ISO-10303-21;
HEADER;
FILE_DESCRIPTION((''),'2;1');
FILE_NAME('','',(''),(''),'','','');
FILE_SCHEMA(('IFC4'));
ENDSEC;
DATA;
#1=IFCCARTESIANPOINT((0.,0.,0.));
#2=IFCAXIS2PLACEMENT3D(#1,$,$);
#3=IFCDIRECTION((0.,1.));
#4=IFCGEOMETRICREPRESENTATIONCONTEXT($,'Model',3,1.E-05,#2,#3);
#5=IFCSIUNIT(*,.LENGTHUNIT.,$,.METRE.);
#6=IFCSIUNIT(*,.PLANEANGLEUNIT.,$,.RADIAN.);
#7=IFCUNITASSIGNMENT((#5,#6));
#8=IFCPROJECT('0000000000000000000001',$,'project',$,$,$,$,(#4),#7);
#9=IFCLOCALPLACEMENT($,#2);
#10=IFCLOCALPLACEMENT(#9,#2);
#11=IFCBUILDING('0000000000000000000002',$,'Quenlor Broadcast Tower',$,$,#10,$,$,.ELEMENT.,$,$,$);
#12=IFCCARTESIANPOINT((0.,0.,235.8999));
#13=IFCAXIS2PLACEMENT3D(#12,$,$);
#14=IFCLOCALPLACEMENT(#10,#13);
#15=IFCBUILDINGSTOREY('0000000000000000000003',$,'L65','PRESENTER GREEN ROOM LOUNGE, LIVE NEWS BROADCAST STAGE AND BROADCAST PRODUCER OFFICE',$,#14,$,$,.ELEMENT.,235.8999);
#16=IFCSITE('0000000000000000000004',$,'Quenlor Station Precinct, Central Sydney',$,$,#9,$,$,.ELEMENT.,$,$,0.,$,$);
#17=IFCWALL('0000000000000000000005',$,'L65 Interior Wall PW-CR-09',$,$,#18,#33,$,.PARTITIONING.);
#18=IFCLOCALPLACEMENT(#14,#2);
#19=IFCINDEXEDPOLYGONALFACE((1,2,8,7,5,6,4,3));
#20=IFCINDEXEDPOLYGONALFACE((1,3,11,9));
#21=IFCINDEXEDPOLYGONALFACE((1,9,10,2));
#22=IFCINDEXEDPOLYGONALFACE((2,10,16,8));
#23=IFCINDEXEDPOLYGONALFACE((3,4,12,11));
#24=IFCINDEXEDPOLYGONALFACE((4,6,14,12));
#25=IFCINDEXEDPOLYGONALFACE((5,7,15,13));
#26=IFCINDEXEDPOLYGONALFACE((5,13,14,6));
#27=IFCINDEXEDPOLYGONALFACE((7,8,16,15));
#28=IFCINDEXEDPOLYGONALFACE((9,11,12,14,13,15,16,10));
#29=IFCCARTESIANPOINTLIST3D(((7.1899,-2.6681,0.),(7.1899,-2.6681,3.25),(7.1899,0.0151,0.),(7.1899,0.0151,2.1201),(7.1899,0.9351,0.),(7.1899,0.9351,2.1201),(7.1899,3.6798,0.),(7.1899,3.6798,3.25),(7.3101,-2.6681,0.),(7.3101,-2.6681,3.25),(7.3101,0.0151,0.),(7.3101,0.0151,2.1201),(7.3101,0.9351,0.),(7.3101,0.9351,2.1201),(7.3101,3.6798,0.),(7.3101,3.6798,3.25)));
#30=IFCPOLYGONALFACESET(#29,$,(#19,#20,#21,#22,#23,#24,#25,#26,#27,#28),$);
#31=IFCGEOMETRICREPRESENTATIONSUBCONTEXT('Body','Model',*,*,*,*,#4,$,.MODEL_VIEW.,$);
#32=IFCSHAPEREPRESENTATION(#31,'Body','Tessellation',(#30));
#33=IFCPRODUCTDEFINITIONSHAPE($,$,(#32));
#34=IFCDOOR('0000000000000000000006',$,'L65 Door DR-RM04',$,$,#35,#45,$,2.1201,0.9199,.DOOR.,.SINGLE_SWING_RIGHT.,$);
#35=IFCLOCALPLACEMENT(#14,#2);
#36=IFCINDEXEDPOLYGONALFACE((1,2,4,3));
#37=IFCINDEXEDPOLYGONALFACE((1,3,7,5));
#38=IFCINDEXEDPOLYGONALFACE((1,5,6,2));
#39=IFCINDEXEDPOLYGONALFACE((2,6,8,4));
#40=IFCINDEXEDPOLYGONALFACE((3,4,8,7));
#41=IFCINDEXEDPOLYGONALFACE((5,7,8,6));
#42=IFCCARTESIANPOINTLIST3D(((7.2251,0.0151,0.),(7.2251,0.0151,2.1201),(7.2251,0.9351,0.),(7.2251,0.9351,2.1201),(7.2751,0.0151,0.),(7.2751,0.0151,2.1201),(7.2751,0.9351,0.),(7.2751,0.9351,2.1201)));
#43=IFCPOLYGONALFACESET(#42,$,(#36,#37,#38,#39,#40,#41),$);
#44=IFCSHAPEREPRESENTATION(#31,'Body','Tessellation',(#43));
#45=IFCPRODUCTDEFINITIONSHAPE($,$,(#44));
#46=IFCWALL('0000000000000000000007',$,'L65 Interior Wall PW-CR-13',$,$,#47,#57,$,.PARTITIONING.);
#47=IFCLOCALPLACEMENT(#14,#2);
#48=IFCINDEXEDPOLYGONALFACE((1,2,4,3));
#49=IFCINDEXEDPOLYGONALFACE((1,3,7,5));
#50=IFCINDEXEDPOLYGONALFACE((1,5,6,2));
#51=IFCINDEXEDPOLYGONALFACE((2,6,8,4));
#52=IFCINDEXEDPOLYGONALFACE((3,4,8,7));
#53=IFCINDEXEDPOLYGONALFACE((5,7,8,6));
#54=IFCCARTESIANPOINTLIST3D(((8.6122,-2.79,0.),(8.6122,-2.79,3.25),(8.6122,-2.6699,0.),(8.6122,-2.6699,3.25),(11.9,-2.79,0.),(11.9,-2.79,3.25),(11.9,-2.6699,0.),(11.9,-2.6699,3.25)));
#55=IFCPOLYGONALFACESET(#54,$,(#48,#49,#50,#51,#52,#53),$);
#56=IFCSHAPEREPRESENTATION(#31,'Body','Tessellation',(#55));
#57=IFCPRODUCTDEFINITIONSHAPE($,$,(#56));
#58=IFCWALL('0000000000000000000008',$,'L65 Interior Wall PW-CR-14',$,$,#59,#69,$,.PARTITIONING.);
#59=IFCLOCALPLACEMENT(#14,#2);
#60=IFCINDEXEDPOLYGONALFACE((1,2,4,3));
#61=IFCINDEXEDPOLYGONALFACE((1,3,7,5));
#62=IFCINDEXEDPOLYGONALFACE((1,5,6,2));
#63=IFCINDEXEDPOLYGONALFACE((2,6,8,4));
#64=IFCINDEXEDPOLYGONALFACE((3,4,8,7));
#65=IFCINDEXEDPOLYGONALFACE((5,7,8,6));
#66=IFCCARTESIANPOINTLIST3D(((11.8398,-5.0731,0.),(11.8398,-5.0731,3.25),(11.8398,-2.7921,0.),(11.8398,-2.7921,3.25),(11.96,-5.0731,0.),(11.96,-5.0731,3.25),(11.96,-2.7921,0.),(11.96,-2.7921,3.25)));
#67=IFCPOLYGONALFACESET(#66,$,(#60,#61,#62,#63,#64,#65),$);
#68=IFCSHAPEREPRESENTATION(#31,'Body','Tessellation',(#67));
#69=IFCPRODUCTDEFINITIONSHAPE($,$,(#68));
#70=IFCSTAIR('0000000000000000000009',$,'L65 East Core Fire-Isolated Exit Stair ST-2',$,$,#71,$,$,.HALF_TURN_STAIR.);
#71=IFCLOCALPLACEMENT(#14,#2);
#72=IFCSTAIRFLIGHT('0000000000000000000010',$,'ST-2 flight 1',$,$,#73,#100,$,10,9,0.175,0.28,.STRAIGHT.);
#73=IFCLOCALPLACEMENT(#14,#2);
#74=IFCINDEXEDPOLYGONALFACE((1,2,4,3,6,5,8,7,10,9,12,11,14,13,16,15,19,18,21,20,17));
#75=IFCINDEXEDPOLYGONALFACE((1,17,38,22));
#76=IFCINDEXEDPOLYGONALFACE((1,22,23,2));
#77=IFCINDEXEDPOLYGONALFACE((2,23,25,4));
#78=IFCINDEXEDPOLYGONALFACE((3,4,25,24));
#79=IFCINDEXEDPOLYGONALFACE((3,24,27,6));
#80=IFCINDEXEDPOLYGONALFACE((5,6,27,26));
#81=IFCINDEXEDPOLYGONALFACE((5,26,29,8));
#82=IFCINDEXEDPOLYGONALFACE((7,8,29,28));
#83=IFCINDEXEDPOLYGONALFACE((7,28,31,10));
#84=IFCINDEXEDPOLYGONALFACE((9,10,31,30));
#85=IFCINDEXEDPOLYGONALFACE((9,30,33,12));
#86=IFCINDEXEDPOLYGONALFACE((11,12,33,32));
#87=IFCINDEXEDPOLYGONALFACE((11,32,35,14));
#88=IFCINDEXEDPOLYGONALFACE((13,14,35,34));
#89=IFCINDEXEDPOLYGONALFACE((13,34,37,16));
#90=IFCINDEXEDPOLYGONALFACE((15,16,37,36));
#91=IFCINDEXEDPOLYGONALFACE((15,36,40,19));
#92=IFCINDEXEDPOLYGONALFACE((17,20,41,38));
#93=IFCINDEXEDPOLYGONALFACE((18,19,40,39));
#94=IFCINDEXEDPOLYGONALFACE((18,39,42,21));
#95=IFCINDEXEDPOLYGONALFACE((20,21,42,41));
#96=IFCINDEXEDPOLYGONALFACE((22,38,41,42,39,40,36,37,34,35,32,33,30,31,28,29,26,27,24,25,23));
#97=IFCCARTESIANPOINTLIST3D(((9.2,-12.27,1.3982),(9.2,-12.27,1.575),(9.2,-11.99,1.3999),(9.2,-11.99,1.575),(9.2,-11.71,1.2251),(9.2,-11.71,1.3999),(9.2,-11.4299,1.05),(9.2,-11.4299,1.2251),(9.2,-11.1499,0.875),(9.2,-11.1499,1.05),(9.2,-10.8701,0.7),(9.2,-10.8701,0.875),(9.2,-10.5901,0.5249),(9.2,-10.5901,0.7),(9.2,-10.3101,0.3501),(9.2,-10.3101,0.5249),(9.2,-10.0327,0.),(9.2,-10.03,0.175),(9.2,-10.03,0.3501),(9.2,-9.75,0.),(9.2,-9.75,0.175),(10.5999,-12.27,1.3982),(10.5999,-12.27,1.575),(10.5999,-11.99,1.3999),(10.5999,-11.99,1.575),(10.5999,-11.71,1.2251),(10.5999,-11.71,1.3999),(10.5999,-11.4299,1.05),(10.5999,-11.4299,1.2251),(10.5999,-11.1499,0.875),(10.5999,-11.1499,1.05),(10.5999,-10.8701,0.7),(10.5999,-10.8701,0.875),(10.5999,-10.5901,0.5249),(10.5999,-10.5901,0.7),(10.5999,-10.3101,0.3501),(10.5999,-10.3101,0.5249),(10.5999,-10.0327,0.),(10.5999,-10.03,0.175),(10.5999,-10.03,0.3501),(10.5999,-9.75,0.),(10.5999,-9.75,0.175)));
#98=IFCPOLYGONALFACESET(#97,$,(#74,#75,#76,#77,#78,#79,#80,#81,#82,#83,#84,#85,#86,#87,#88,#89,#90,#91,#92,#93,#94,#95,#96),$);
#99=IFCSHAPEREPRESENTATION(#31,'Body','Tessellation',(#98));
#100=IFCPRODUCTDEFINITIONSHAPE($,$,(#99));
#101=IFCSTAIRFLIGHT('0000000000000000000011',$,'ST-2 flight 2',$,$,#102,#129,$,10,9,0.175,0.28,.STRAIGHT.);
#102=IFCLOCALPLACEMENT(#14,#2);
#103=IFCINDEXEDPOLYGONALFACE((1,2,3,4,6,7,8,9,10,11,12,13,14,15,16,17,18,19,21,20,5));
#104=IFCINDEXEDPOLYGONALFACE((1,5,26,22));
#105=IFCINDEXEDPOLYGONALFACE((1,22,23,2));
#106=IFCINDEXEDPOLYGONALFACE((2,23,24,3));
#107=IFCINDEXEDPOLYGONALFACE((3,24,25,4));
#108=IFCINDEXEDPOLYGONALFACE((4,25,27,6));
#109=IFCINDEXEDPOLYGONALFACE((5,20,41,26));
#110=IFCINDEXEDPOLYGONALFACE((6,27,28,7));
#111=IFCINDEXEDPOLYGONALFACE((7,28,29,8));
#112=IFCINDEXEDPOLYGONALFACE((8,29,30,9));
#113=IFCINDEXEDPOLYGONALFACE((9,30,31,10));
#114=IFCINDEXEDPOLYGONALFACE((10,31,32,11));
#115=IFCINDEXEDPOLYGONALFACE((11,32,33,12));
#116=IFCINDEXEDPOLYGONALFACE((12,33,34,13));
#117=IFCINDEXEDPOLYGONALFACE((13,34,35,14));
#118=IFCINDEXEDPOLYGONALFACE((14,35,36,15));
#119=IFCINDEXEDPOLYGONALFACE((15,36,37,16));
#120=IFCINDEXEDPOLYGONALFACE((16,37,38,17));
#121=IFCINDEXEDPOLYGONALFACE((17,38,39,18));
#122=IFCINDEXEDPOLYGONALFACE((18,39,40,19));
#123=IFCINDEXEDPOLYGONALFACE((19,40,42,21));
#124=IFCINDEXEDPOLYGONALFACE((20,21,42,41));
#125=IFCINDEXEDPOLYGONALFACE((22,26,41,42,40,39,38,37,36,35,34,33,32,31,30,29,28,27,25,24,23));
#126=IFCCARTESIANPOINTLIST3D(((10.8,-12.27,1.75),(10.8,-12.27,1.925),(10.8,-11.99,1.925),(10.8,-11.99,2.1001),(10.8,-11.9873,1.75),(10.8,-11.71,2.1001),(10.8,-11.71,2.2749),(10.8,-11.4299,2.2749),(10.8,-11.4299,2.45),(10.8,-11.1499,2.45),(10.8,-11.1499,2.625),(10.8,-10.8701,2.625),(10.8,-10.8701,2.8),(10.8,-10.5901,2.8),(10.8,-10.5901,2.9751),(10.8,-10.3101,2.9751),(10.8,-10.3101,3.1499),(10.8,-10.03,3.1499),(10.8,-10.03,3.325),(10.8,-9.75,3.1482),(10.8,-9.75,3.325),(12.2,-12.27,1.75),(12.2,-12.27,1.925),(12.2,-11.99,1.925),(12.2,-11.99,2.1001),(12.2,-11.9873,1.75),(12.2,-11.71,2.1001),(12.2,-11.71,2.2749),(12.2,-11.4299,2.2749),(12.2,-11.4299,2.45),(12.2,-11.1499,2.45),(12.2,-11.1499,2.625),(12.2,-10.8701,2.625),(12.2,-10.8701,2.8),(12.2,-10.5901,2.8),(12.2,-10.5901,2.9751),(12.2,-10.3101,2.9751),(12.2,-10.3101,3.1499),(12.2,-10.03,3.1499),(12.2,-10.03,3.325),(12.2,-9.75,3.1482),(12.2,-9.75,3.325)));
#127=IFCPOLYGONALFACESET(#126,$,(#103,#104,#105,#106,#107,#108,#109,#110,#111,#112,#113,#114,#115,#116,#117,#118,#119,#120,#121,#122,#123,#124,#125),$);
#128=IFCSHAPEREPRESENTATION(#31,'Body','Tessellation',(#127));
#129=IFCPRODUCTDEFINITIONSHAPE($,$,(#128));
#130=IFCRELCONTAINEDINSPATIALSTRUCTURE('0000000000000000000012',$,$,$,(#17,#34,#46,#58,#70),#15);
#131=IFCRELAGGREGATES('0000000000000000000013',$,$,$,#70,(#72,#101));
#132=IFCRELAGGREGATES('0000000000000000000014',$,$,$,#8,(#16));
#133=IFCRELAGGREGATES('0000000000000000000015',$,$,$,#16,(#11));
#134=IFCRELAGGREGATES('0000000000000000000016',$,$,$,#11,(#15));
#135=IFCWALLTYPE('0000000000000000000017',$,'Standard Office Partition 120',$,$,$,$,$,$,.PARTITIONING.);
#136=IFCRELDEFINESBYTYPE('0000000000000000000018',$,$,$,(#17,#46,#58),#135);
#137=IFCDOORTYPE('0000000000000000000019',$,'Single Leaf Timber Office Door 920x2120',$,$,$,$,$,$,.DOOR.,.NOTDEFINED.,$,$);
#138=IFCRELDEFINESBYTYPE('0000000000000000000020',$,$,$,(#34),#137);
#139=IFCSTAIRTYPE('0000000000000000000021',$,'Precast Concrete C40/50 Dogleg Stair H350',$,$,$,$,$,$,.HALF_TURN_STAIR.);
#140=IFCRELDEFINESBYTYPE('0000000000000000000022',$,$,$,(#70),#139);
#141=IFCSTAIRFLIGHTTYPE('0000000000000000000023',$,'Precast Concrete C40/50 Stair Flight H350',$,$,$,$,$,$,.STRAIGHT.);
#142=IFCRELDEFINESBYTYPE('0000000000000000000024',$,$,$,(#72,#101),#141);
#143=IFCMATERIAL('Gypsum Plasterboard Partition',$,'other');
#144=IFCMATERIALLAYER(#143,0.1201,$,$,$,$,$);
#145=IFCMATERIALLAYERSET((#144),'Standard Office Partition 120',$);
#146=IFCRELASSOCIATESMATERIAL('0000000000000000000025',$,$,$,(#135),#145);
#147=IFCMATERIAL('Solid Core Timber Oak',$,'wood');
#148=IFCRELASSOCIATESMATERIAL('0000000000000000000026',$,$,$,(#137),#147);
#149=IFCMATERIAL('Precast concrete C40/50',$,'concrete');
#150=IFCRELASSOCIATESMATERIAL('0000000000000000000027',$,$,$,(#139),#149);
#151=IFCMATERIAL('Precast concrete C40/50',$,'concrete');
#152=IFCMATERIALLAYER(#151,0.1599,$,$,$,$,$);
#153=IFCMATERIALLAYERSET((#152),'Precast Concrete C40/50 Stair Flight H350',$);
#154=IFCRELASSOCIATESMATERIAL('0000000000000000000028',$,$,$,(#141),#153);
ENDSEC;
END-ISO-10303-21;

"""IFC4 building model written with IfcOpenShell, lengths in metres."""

from ifc_helpers import new_model, si_unit, direction, frame, frame_2d, origin, place, context, subcontext, project, spatial, polyline, rectangle, outline, extrude, material, layer, layer_set, type_object, element, fill, aggregate, save


model = new_model("IFC4")

# Units and contexts
model_context = context("Model", 3, precision=1e-05, world=origin(), true_north=direction((0.0, 1.0)))
body_context = subcontext(model_context, "Body", "Model", "MODEL_VIEW")
ifc_project = project(units=[si_unit("LENGTHUNIT", "METRE"), si_unit("PLANEANGLEUNIT", "RADIAN")], contexts=[model_context])

# Site, building, storey
site_placement = place(None, origin())
site = spatial("IfcSite", under=ifc_project, at=site_placement, Name="Quenlor Station Precinct, Central Sydney", CompositionType="ELEMENT", RefElevation=0.0)
building_placement = place(site_placement, origin())
building = spatial("IfcBuilding", under=site, at=building_placement, Name="Quenlor Broadcast Tower", CompositionType="ELEMENT")
storey_placement = place(building_placement, frame((0.0, 0.0, 235.8999)))
storey = spatial("IfcBuildingStorey", under=building, at=storey_placement, Name="L65", Description="PRESENTER GREEN ROOM LOUNGE, LIVE NEWS BROADCAST STAGE AND BROADCAST PRODUCER OFFICE", CompositionType="ELEMENT", Elevation=235.8999)

# Wall, opening, door
ifc_material_1 = material(Name="Gypsum Plasterboard Partition", Category="other")
ifc_layer_1 = layer(ifc_material_1, 0.1201)
ifc_layer_set_1 = layer_set([ifc_layer_1], Name="Standard Office Partition 120")
wall_type_1 = type_object("IfcWallType", Name="Standard Office Partition 120", PredefinedType="PARTITIONING", material=ifc_layer_set_1)
wall_1_placement = place(storey_placement, frame((7.25, -2.668, 0.0), z_axis=(0.0, 0.0, 1.0), x_axis=(0.0, 1.0, 0.0)))
wall_1 = element("IfcWall", 1, at=wall_1_placement, inside=storey, type_object=wall_type_1, Name="L65 Interior Wall PW-CR-09", PredefinedType="PARTITIONING", context=body_context, shape_type="SweptSolid", body=[
    extrude(rectangle(XDim=6.3479, YDim=0.1201, at=frame_2d((3.1738, 0.0))), origin(), (0.0, 0.0, 1.0), 3.25),
])
opening_1_placement = place(wall_1_placement, frame((2.6831, 0.0, 0.0)))
opening_1 = element("IfcOpeningElement", 2, at=opening_1_placement, cuts=wall_1, PredefinedType="OPENING", context=body_context, shape_type="SweptSolid", body=[
    extrude(rectangle(XDim=0.9199, YDim=2.1201, at=frame_2d((0.46, 1.0601))), frame((0.0, 0.0701, 0.0), z_axis=(0.0, -1.0, 0.0), x_axis=(1.0, 0.0, 0.0)), (0.0, 0.0, 1.0), 0.1401),
])
ifc_material_2 = material(Name="Solid Core Timber Oak", Category="wood")
door_type_1 = type_object("IfcDoorType", Name="Single Leaf Timber Office Door 920x2120", OperationType="NOTDEFINED", PredefinedType="DOOR", material=ifc_material_2)
door_1_placement = place(opening_1_placement, origin())
door_1 = element("IfcDoor", 3, at=door_1_placement, inside=storey, type_object=door_type_1, Name="L65 Door DR-RM04", OperationType="SINGLE_SWING_RIGHT", OverallHeight=2.1201, OverallWidth=0.9199, PredefinedType="DOOR", context=body_context, shape_type="SweptSolid", body=[
    extrude(rectangle(XDim=0.9199, YDim=2.1201, at=frame_2d((0.46, 1.0601))), frame((0.0, 0.0249, 0.0), z_axis=(0.0, -1.0, 0.0), x_axis=(1.0, 0.0, 0.0)), (0.0, 0.0, 1.0), 0.05),
])
fill(opening_1, door_1)

# Walls
wall_2_placement = place(storey_placement, frame((8.6121, -2.73, 0.0), z_axis=(0.0, 0.0, 1.0), x_axis=(1.0, 0.0, 0.0)))
element("IfcWall", 4, at=wall_2_placement, inside=storey, type_object=wall_type_1, Name="L65 Interior Wall PW-CR-13", PredefinedType="PARTITIONING", context=body_context, shape_type="SweptSolid", body=[
    extrude(rectangle(XDim=3.2878, YDim=0.1201, at=frame_2d((1.644, 0.0))), origin(), (0.0, 0.0, 1.0), 3.25),
])
wall_3_placement = place(storey_placement, frame((11.8999, -2.792, 0.0), z_axis=(0.0, 0.0, 1.0), x_axis=(0.0, -1.0, 0.0)))
element("IfcWall", 5, at=wall_3_placement, inside=storey, type_object=wall_type_1, Name="L65 Interior Wall PW-CR-14", PredefinedType="PARTITIONING", context=body_context, shape_type="SweptSolid", body=[
    extrude(rectangle(XDim=2.281, YDim=0.1201, at=frame_2d((1.1406, 0.0))), origin(), (0.0, 0.0, 1.0), 3.25),
])

# Stair, stair flights
ifc_material_3 = material(Name="Precast concrete C40/50", Category="concrete")
stair_type = type_object("IfcStairType", Name="Precast Concrete C40/50 Dogleg Stair H350", PredefinedType="HALF_TURN_STAIR", material=ifc_material_3)
stair_placement = place(storey_placement, origin())
stair = element("IfcStair", 6, at=stair_placement, inside=storey, type_object=stair_type, Name="L65 East Core Fire-Isolated Exit Stair ST-2", PredefinedType="HALF_TURN_STAIR")
ifc_material_4 = material(Name="Precast concrete C40/50", Category="concrete")
ifc_layer_2 = layer(ifc_material_4, 0.1599)
ifc_layer_set_2 = layer_set([ifc_layer_2], Name="Precast Concrete C40/50 Stair Flight H350")
stair_flight_type = type_object("IfcStairFlightType", Name="Precast Concrete C40/50 Stair Flight H350", PredefinedType="STRAIGHT", material=ifc_layer_set_2)
stair_flight_1_placement = place(storey_placement, frame((9.8999, -9.75, 0.0), z_axis=(0.0, 0.0, 1.0), x_axis=(0.0, -1.0, 0.0)))
stair_flight_1 = element("IfcStairFlight", 7, at=stair_flight_1_placement, type_object=stair_flight_type, Name="ST-2 flight 1", NumberOfRisers=10, NumberOfTreads=9, PredefinedType="STRAIGHT", RiserHeight=0.175, TreadLength=0.28, context=body_context, shape_type="SweptSolid", body=[
    extrude(outline(polyline([(0.0, 0.0), (0.0, 0.175), (0.28, 0.175), (0.28, 0.3501), (0.5601, 0.3501), (0.5601, 0.5249), (0.8401, 0.5249), (0.8401, 0.7), (1.1201, 0.7), (1.1201, 0.875), (1.3999, 0.875), (1.3999, 1.05), (1.6799, 1.05), (1.6799, 1.2251), (1.96, 1.2251), (1.96, 1.3999), (2.24, 1.3999), (2.24, 1.575), (2.52, 1.575), (2.52, 1.75), (2.52, 1.3982), (0.2827, 0.0), (0.0, 0.0)])), frame((0.0, 0.7, 0.0), z_axis=(0.0, -1.0, 0.0), x_axis=(1.0, 0.0, 0.0)), (0.0, 0.0, 1.0), 1.3999),
])
stair_flight_2_placement = place(storey_placement, frame((11.5, -12.27, 1.75), z_axis=(0.0, 0.0, 1.0), x_axis=(0.0, 1.0, 0.0)))
stair_flight_2 = element("IfcStairFlight", 8, at=stair_flight_2_placement, type_object=stair_flight_type, Name="ST-2 flight 2", NumberOfRisers=10, NumberOfTreads=9, PredefinedType="STRAIGHT", RiserHeight=0.175, TreadLength=0.28, context=body_context, shape_type="SweptSolid", body=[
    extrude(outline(polyline([(0.0, 0.0), (0.0, 0.175), (0.28, 0.175), (0.28, 0.3501), (0.5601, 0.3501), (0.5601, 0.5249), (0.8401, 0.5249), (0.8401, 0.7), (1.1201, 0.7), (1.1201, 0.875), (1.3999, 0.875), (1.3999, 1.05), (1.6799, 1.05), (1.6799, 1.2251), (1.96, 1.2251), (1.96, 1.3999), (2.24, 1.3999), (2.24, 1.575), (2.52, 1.575), (2.52, 1.75), (2.52, 1.3982), (0.2827, 0.0), (0.0, 0.0)])), frame((0.0, 0.7, 0.0), z_axis=(0.0, -1.0, 0.0), x_axis=(1.0, 0.0, 0.0)), (0.0, 0.0, 1.0), 1.3999),
])
aggregate(stair, [stair_flight_1, stair_flight_2])

save(model, "model.ifc")
